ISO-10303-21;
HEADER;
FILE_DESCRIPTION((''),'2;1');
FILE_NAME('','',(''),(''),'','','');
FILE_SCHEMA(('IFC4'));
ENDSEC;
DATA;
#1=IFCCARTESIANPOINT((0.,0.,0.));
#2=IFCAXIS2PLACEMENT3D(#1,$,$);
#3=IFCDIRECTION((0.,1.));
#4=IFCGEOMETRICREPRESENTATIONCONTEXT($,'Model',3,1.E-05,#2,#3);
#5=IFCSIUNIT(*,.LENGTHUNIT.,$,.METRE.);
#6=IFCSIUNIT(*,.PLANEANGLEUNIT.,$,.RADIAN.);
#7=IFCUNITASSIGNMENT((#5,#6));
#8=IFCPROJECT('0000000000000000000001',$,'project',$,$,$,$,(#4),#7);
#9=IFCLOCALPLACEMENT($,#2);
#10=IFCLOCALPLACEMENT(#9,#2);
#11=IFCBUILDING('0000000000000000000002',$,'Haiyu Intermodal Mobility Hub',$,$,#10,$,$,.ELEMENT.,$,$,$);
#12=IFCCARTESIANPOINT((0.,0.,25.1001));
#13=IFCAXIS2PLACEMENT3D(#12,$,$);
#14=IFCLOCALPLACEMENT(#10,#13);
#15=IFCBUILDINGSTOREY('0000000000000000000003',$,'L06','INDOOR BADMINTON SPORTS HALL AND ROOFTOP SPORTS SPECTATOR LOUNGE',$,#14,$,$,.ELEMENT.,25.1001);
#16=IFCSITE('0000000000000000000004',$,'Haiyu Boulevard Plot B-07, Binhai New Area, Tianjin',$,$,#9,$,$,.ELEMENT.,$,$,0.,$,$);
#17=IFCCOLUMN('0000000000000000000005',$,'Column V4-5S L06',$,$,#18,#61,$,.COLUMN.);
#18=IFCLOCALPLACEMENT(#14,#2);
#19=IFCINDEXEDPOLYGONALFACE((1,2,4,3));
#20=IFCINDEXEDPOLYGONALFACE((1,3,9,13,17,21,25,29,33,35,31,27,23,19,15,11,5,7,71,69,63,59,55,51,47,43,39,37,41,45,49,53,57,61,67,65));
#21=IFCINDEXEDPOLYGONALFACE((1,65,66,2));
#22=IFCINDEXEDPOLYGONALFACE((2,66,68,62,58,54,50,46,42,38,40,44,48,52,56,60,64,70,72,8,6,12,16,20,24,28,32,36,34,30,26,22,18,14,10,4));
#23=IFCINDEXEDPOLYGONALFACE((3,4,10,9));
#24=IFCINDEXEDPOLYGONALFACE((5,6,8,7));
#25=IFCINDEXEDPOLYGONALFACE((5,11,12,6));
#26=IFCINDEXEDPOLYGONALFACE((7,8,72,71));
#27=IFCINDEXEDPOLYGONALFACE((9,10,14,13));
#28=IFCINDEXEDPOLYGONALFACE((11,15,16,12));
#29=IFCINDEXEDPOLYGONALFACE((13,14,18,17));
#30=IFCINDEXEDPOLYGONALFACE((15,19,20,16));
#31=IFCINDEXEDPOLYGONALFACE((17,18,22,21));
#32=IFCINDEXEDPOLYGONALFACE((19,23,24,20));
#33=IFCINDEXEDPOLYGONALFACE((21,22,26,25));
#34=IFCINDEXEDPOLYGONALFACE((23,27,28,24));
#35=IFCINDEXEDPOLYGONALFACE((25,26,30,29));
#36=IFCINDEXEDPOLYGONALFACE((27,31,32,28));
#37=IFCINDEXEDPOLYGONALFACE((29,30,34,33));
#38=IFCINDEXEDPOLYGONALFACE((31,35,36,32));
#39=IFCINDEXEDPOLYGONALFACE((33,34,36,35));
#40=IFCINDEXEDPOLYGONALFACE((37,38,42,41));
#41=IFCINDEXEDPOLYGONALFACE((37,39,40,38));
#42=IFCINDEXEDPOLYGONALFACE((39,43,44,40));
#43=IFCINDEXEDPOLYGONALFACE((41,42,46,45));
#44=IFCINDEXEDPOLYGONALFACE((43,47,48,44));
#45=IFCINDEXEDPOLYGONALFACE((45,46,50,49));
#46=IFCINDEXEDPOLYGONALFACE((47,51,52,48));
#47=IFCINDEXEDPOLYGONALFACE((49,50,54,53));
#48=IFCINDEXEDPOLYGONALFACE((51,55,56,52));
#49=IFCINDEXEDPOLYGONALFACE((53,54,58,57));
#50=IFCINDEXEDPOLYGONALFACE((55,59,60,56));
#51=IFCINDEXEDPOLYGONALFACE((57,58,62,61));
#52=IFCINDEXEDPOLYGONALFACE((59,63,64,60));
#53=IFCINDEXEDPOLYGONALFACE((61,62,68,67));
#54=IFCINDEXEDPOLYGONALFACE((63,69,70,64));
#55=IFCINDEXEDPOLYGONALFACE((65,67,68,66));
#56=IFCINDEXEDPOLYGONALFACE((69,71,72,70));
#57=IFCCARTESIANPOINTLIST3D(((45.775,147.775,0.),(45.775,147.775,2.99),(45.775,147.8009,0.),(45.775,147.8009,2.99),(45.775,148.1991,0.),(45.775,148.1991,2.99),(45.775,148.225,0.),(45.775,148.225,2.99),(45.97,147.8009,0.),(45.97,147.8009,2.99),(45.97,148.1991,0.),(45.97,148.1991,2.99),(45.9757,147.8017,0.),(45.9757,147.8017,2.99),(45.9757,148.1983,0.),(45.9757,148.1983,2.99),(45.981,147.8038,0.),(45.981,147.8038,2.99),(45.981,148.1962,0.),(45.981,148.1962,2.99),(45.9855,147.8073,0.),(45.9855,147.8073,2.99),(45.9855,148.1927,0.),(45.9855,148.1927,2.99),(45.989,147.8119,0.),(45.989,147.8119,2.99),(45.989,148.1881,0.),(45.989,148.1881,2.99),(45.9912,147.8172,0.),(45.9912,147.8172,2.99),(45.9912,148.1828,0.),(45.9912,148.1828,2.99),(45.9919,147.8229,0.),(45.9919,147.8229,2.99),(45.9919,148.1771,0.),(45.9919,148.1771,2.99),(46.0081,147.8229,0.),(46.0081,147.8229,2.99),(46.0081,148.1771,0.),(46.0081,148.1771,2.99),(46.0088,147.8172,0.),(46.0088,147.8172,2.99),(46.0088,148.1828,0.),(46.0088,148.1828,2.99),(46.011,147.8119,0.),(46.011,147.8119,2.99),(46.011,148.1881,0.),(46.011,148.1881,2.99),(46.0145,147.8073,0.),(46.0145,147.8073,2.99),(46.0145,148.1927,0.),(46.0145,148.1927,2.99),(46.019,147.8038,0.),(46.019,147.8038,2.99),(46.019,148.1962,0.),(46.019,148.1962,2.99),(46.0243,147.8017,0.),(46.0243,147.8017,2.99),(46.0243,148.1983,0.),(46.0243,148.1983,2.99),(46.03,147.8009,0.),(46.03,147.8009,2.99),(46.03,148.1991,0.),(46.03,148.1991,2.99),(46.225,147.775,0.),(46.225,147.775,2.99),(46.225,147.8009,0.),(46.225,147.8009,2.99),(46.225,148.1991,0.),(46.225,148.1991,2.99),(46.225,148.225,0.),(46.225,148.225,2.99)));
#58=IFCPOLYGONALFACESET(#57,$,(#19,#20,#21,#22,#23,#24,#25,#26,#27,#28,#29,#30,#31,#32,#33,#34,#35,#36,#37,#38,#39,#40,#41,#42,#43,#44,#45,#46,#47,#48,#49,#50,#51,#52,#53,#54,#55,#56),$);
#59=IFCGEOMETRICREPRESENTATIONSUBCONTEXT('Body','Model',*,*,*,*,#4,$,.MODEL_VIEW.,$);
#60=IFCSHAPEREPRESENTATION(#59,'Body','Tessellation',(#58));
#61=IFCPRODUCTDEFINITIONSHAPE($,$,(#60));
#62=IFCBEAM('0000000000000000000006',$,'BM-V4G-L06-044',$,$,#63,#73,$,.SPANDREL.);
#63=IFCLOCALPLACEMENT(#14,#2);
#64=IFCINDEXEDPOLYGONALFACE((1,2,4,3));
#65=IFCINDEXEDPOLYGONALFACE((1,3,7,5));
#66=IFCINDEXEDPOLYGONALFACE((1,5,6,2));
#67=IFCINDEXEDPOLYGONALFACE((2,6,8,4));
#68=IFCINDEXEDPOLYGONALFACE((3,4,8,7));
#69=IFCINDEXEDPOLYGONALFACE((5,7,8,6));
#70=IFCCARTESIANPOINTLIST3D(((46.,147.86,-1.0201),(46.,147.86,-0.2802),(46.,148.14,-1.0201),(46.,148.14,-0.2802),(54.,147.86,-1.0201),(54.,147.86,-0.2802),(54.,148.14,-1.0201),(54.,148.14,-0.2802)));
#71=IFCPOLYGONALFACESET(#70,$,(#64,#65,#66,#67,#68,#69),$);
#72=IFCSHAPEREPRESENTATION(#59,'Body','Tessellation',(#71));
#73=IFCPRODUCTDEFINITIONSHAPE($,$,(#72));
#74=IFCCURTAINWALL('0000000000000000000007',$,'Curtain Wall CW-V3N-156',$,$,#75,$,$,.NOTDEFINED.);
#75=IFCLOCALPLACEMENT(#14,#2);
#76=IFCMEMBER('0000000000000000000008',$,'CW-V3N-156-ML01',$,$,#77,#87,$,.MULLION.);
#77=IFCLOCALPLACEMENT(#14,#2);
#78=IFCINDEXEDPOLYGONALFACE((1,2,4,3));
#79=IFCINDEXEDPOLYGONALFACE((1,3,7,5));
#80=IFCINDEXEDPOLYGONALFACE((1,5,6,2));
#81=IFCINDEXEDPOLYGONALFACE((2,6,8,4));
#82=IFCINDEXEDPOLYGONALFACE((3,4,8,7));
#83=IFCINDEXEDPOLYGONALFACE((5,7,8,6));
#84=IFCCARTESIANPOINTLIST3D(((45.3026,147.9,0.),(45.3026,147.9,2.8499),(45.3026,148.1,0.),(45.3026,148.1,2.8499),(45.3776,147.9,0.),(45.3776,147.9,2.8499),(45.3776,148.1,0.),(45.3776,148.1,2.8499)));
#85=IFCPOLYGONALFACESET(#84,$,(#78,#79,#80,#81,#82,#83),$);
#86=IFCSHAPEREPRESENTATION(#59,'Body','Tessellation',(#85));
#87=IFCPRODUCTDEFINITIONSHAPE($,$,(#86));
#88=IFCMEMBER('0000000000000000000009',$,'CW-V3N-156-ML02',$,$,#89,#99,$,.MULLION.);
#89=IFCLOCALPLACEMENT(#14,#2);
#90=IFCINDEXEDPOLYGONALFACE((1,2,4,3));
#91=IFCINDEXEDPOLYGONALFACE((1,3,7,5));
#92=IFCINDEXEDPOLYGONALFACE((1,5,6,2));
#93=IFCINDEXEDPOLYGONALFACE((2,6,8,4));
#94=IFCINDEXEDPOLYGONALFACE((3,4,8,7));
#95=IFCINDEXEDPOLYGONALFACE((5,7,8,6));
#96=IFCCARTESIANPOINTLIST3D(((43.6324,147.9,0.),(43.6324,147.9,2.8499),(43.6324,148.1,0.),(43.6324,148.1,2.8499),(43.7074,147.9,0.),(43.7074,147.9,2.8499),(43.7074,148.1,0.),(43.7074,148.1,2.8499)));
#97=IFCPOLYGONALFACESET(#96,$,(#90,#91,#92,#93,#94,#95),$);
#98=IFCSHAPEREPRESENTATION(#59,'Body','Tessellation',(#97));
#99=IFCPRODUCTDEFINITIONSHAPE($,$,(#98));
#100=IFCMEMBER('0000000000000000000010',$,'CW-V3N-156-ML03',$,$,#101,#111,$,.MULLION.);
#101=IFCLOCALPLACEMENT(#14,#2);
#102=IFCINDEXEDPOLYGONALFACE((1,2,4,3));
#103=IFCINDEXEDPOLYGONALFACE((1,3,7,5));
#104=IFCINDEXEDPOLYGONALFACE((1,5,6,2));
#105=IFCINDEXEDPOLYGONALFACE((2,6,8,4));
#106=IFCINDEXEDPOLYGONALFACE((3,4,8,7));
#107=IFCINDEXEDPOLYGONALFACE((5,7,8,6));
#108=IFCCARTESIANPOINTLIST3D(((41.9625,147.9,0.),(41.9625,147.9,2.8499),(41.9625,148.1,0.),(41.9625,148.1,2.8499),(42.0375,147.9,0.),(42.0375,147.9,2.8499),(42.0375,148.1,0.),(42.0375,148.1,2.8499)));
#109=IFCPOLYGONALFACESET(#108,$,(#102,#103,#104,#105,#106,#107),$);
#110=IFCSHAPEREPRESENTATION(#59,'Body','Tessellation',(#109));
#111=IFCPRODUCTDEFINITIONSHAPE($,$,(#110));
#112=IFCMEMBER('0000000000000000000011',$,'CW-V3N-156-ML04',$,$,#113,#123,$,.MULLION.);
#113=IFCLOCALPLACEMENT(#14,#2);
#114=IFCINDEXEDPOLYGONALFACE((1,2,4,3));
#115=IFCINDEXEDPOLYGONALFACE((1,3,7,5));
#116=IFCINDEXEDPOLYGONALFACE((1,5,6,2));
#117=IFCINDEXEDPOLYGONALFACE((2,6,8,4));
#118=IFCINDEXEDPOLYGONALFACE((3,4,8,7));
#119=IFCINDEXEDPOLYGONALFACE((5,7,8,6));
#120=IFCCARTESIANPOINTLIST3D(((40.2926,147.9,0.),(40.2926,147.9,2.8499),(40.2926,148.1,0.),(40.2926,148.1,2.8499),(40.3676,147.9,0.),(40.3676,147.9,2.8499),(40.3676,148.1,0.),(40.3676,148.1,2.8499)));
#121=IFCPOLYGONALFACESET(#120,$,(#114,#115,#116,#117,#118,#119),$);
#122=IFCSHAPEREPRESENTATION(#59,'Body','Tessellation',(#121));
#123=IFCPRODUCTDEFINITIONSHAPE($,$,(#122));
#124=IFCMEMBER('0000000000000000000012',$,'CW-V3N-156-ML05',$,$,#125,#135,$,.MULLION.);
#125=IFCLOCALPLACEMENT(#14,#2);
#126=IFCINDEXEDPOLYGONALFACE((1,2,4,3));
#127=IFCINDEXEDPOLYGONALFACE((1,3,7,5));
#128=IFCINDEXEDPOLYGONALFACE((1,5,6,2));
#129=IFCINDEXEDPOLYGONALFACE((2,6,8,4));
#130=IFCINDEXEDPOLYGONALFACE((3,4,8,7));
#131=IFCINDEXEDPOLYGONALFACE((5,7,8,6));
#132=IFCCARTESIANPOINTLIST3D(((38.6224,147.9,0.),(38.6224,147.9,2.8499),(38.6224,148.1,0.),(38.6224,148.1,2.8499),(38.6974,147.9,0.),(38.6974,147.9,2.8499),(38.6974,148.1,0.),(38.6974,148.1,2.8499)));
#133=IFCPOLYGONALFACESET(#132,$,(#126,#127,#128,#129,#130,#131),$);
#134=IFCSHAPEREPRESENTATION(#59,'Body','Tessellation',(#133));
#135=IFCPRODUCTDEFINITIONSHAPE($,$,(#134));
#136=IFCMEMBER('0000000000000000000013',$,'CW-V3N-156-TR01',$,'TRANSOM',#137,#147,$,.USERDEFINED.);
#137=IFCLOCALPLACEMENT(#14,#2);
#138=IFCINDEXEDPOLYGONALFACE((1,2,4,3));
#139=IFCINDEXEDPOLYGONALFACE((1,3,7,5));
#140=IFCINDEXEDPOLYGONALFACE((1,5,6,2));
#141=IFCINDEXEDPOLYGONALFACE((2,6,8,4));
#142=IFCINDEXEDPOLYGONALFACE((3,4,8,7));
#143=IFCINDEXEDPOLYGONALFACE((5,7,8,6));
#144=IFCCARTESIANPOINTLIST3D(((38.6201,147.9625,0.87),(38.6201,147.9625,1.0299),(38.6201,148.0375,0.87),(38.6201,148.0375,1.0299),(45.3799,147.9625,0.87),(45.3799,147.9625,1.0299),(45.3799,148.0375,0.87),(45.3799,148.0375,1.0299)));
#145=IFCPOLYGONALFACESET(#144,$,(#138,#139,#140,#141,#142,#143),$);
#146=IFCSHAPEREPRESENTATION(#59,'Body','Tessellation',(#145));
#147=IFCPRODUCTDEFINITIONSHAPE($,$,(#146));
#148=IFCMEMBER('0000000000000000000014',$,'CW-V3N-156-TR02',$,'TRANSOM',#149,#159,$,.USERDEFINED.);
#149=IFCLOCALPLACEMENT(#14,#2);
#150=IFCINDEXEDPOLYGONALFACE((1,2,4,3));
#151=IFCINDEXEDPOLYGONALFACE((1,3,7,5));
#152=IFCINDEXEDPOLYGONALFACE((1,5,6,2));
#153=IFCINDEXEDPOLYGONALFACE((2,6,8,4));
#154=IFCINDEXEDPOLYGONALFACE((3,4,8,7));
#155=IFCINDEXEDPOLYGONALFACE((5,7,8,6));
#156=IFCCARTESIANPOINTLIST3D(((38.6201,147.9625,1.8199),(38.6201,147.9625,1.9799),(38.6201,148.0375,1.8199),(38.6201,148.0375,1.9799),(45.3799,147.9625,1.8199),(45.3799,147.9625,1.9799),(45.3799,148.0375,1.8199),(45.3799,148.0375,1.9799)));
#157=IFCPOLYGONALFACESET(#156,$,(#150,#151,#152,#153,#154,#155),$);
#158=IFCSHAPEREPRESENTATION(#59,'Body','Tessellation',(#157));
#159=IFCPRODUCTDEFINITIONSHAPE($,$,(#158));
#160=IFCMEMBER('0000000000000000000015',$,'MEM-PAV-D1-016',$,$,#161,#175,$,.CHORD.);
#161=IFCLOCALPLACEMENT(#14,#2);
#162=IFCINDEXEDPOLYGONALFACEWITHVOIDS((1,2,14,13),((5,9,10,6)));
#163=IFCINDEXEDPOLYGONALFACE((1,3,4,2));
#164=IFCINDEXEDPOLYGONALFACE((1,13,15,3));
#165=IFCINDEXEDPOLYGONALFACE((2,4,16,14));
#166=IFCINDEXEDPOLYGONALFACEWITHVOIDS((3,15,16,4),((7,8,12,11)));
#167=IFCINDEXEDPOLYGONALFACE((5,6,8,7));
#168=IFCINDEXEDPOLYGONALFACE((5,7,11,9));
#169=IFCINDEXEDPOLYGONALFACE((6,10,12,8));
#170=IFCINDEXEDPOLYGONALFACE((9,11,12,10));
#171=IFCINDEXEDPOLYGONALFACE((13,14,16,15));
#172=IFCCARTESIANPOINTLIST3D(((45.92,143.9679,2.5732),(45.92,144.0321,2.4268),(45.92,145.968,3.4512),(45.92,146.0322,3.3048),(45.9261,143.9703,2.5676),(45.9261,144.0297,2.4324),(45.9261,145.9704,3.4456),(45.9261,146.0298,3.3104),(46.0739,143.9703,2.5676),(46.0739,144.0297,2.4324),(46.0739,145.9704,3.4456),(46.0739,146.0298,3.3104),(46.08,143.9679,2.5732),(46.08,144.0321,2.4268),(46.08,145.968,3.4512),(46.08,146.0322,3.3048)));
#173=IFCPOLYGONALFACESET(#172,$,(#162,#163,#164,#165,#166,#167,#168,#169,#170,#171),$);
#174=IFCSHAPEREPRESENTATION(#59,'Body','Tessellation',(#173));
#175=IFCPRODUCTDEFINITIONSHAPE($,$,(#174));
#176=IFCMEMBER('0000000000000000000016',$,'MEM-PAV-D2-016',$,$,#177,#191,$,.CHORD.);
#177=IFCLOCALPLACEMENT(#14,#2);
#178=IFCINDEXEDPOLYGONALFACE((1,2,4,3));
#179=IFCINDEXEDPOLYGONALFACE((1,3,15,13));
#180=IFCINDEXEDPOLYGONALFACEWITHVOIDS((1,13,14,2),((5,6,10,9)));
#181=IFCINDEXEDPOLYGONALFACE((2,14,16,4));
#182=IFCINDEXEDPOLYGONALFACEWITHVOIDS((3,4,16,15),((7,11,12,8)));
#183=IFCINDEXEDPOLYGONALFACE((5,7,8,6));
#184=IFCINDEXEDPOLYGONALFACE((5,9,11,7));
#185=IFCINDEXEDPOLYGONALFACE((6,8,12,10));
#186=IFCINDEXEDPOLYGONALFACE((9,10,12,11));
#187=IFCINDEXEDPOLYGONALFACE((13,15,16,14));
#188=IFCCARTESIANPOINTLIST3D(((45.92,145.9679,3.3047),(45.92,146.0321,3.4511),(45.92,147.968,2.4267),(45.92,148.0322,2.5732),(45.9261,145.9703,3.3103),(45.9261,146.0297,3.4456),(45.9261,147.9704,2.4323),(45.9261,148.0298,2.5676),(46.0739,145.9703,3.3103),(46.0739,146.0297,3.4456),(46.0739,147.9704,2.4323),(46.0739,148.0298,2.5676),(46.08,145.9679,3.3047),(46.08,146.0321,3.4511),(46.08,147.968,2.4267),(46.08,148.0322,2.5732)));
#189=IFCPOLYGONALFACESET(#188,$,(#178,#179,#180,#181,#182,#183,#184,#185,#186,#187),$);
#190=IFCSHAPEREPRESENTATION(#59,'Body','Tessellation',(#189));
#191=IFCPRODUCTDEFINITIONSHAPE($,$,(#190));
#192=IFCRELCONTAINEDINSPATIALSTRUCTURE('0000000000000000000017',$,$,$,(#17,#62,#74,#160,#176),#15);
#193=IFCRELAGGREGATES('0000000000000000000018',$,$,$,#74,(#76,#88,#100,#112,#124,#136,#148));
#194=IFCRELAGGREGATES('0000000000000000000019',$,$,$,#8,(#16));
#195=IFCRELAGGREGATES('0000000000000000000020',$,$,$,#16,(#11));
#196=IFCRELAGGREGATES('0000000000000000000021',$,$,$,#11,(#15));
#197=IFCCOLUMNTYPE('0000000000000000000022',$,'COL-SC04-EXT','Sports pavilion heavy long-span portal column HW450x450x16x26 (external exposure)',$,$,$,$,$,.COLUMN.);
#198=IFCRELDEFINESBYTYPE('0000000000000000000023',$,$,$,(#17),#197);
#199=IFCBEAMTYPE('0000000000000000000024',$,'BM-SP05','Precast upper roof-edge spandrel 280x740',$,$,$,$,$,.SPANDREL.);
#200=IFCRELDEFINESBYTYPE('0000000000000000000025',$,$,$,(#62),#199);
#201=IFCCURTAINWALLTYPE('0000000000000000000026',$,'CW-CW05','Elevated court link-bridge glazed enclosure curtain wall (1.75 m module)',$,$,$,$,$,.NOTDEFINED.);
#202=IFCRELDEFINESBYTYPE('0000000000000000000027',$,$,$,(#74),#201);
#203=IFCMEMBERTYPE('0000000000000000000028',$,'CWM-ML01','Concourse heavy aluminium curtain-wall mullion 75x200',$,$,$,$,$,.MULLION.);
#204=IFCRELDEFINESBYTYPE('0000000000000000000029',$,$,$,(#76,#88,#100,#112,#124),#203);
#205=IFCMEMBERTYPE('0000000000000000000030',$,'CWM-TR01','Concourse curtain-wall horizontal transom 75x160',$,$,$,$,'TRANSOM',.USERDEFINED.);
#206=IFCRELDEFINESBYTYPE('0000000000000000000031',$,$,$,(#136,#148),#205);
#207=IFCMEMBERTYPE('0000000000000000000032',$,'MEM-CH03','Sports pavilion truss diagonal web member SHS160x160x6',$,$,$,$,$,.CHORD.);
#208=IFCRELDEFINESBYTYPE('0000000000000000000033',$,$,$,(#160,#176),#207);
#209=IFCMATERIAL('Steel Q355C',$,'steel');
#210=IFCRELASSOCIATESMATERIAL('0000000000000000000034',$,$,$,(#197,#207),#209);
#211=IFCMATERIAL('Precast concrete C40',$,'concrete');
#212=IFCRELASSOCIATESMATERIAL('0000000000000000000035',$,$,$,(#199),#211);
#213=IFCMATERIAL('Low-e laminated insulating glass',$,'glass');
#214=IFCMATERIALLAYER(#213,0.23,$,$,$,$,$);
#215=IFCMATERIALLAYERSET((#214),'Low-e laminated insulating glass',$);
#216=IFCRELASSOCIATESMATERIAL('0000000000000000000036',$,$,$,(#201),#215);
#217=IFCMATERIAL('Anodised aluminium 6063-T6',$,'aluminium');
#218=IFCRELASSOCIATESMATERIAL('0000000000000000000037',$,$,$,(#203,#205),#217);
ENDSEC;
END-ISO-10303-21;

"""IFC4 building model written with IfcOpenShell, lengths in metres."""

from ifc_helpers import new_model, si_unit, direction, frame, origin, origin_2d, place, context, subcontext, project, spatial, rectangle, hollow_rectangle, i_section, extrude, material, layer, layer_set, material_profile, profile_set, type_object, element, aggregate, save


model = new_model("IFC4")

# Units and contexts
model_context = context("Model", 3, precision=1e-05, world=origin(), true_north=direction((0.0, 1.0)))
body_context = subcontext(model_context, "Body", "Model", "MODEL_VIEW")
ifc_project = project(units=[si_unit("LENGTHUNIT", "METRE"), si_unit("PLANEANGLEUNIT", "RADIAN")], contexts=[model_context])

# Site, building, storey
site_placement = place(None, origin())
site = spatial("IfcSite", under=ifc_project, at=site_placement, Name="Haiyu Boulevard Plot B-07, Binhai New Area, Tianjin", CompositionType="ELEMENT", RefElevation=0.0)
building_placement = place(site_placement, origin())
building = spatial("IfcBuilding", under=site, at=building_placement, Name="Haiyu Intermodal Mobility Hub", CompositionType="ELEMENT")
storey_placement = place(building_placement, frame((0.0, 0.0, 25.1001)))
storey = spatial("IfcBuildingStorey", under=building, at=storey_placement, Name="L06", Description="INDOOR BADMINTON SPORTS HALL AND ROOFTOP SPORTS SPECTATOR LOUNGE", CompositionType="ELEMENT", Elevation=25.1001)

# Column
ifc_material_1 = material(Name="Steel Q355C", Category="steel")
ifc_material_profile_1 = material_profile(ifc_material_1, i_section(OverallWidth=0.45, OverallDepth=0.45, WebThickness=0.0161, FlangeThickness=0.0259, FilletRadius=0.022, at=origin_2d()), Name="HW450x450x16x26")
ifc_profile_set_1 = profile_set([ifc_material_profile_1], Name="Steel Q355C")
column_type = type_object("IfcColumnType", Name="COL-SC04-EXT", Description="Sports pavilion heavy long-span portal column HW450x450x16x26 (external exposure)", PredefinedType="COLUMN", material=ifc_profile_set_1)
column_placement = place(storey_placement, frame((46.0, 148.0, 0.0), z_axis=(0.0, 0.0, 1.0), x_axis=(1.0, 0.0, 0.0)))
element("IfcColumn", 1, at=column_placement, inside=storey, type_object=column_type, Name="Column V4-5S L06", PredefinedType="COLUMN", context=body_context, shape_type="SweptSolid", body=[
    extrude(i_section(OverallWidth=0.45, OverallDepth=0.45, WebThickness=0.0161, FlangeThickness=0.0259, FilletRadius=0.022, at=origin_2d()), origin(), (0.0, 0.0, 1.0), 2.99),
])

# Beam
ifc_material_2 = material(Name="Precast concrete C40", Category="concrete")
ifc_material_profile_2 = material_profile(ifc_material_2, rectangle(XDim=0.28, YDim=0.74, at=origin_2d()), Name="B280x740")
ifc_profile_set_2 = profile_set([ifc_material_profile_2], Name="Precast concrete C40")
beam_type = type_object("IfcBeamType", Name="BM-SP05", Description="Precast upper roof-edge spandrel 280x740", PredefinedType="SPANDREL", material=ifc_profile_set_2)
beam_placement = place(storey_placement, frame((46.0, 148.0, -0.6501), z_axis=(1.0, 0.0, 0.0), x_axis=(0.0, 1.0, 0.0)))
element("IfcBeam", 2, at=beam_placement, inside=storey, type_object=beam_type, Name="BM-V4G-L06-044", PredefinedType="SPANDREL", context=body_context, shape_type="SweptSolid", body=[
    extrude(rectangle(XDim=0.28, YDim=0.74, at=origin_2d()), origin(), (0.0, 0.0, 1.0), 8.0),
])

# Curtain wall, members
ifc_material_3 = material(Name="Low-e laminated insulating glass", Category="glass")
ifc_layer_1 = layer(ifc_material_3, 0.23)
ifc_layer_set_1 = layer_set([ifc_layer_1], Name="Low-e laminated insulating glass")
curtain_wall_type = type_object("IfcCurtainWallType", Name="CW-CW05", Description="Elevated court link-bridge glazed enclosure curtain wall (1.75 m module)", PredefinedType="NOTDEFINED", material=ifc_layer_set_1)
curtain_wall_placement = place(storey_placement, origin())
curtain_wall = element("IfcCurtainWall", 3, at=curtain_wall_placement, inside=storey, type_object=curtain_wall_type, Name="Curtain Wall CW-V3N-156", PredefinedType="NOTDEFINED")
ifc_material_4 = material(Name="Anodised aluminium 6063-T6", Category="aluminium")
ifc_material_profile_3 = material_profile(ifc_material_4, rectangle(XDim=0.075, YDim=0.2, at=origin_2d()), Name="ALU75x200")
ifc_profile_set_3 = profile_set([ifc_material_profile_3], Name="Anodised aluminium 6063-T6")
member_type_1 = type_object("IfcMemberType", Name="CWM-ML01", Description="Concourse heavy aluminium curtain-wall mullion 75x200", PredefinedType="MULLION", material=ifc_profile_set_3)
member_1_placement = place(storey_placement, frame((45.3401, 148.0, 0.0), z_axis=(0.0, 0.0, 1.0), x_axis=(1.0, 0.0, 0.0)))
member_1 = element("IfcMember", 4, at=member_1_placement, type_object=member_type_1, Name="CW-V3N-156-ML01", PredefinedType="MULLION", context=body_context, shape_type="SweptSolid", body=[
    extrude(rectangle(XDim=0.075, YDim=0.2, at=origin_2d()), origin(), (0.0, 0.0, 1.0), 2.8499),
])
member_2_placement = place(storey_placement, frame((43.6699, 148.0, 0.0), z_axis=(0.0, 0.0, 1.0), x_axis=(1.0, 0.0, 0.0)))
member_2 = element("IfcMember", 5, at=member_2_placement, type_object=member_type_1, Name="CW-V3N-156-ML02", PredefinedType="MULLION", context=body_context, shape_type="SweptSolid", body=[
    extrude(rectangle(XDim=0.075, YDim=0.2, at=origin_2d()), origin(), (0.0, 0.0, 1.0), 2.8499),
])
member_3_placement = place(storey_placement, frame((42.0, 148.0, 0.0), z_axis=(0.0, 0.0, 1.0), x_axis=(1.0, 0.0, 0.0)))
member_3 = element("IfcMember", 6, at=member_3_placement, type_object=member_type_1, Name="CW-V3N-156-ML03", PredefinedType="MULLION", context=body_context, shape_type="SweptSolid", body=[
    extrude(rectangle(XDim=0.075, YDim=0.2, at=origin_2d()), origin(), (0.0, 0.0, 1.0), 2.8499),
])
member_4_placement = place(storey_placement, frame((40.3301, 148.0, 0.0), z_axis=(0.0, 0.0, 1.0), x_axis=(1.0, 0.0, 0.0)))
member_4 = element("IfcMember", 7, at=member_4_placement, type_object=member_type_1, Name="CW-V3N-156-ML04", PredefinedType="MULLION", context=body_context, shape_type="SweptSolid", body=[
    extrude(rectangle(XDim=0.075, YDim=0.2, at=origin_2d()), origin(), (0.0, 0.0, 1.0), 2.8499),
])
member_5_placement = place(storey_placement, frame((38.6599, 148.0, 0.0), z_axis=(0.0, 0.0, 1.0), x_axis=(1.0, 0.0, 0.0)))
member_5 = element("IfcMember", 8, at=member_5_placement, type_object=member_type_1, Name="CW-V3N-156-ML05", PredefinedType="MULLION", context=body_context, shape_type="SweptSolid", body=[
    extrude(rectangle(XDim=0.075, YDim=0.2, at=origin_2d()), origin(), (0.0, 0.0, 1.0), 2.8499),
])
ifc_material_profile_4 = material_profile(ifc_material_4, rectangle(XDim=0.075, YDim=0.1599, at=origin_2d()), Name="ALU75x160")
ifc_profile_set_4 = profile_set([ifc_material_profile_4], Name="Anodised aluminium 6063-T6")
member_type_2 = type_object("IfcMemberType", Name="CWM-TR01", Description="Concourse curtain-wall horizontal transom 75x160", ElementType="TRANSOM", PredefinedType="USERDEFINED", material=ifc_profile_set_4)
member_6_placement = place(storey_placement, frame((45.3799, 148.0, 0.95), z_axis=(-1.0, 0.0, 0.0), x_axis=(0.0, -1.0, 0.0)))
member_6 = element("IfcMember", 9, at=member_6_placement, type_object=member_type_2, Name="CW-V3N-156-TR01", ObjectType="TRANSOM", PredefinedType="USERDEFINED", context=body_context, shape_type="SweptSolid", body=[
    extrude(rectangle(XDim=0.075, YDim=0.1599, at=origin_2d()), origin(), (0.0, 0.0, 1.0), 6.7598),
])
member_7_placement = place(storey_placement, frame((45.3799, 148.0, 1.8999), z_axis=(-1.0, 0.0, 0.0), x_axis=(0.0, -1.0, 0.0)))
member_7 = element("IfcMember", 10, at=member_7_placement, type_object=member_type_2, Name="CW-V3N-156-TR02", ObjectType="TRANSOM", PredefinedType="USERDEFINED", context=body_context, shape_type="SweptSolid", body=[
    extrude(rectangle(XDim=0.075, YDim=0.1599, at=origin_2d()), origin(), (0.0, 0.0, 1.0), 6.7598),
])

# Members
ifc_material_profile_5 = material_profile(ifc_material_1, hollow_rectangle(XDim=0.1599, YDim=0.1599, WallThickness=0.0061, at=origin_2d()), Name="SHS160x160x6")
ifc_profile_set_5 = profile_set([ifc_material_profile_5], Name="Steel Q355C")
member_type_3 = type_object("IfcMemberType", Name="MEM-CH03", Description="Sports pavilion truss diagonal web member SHS160x160x6", PredefinedType="CHORD", material=ifc_profile_set_5)
for number, where, z_axis, x_axis, name in (
    (11, (46.0, 144.0, 2.5), (0.0, 0.915664, 0.401944), (-1.0, 0.0, 0.0), "MEM-PAV-D1-016"),
    (12, (46.0, 146.0, 3.3779), (0.0, 0.915664, -0.401944), (-1.0, 0.0, 0.0), "MEM-PAV-D2-016"),
):
    element("IfcMember", number, at=place(storey_placement, frame(where, z_axis=z_axis, x_axis=x_axis)), inside=storey, type_object=member_type_3, Name=name, PredefinedType="CHORD", context=body_context, shape_type="SweptSolid", body=[
        extrude(hollow_rectangle(XDim=0.1599, YDim=0.1599, WallThickness=0.0061, at=origin_2d()), origin(), (0.0, 0.0, 1.0), 2.1843),
    ])

aggregate(curtain_wall, [member_1, member_2, member_3, member_4, member_5, member_6, member_7])

save(model, "model.ifc")
